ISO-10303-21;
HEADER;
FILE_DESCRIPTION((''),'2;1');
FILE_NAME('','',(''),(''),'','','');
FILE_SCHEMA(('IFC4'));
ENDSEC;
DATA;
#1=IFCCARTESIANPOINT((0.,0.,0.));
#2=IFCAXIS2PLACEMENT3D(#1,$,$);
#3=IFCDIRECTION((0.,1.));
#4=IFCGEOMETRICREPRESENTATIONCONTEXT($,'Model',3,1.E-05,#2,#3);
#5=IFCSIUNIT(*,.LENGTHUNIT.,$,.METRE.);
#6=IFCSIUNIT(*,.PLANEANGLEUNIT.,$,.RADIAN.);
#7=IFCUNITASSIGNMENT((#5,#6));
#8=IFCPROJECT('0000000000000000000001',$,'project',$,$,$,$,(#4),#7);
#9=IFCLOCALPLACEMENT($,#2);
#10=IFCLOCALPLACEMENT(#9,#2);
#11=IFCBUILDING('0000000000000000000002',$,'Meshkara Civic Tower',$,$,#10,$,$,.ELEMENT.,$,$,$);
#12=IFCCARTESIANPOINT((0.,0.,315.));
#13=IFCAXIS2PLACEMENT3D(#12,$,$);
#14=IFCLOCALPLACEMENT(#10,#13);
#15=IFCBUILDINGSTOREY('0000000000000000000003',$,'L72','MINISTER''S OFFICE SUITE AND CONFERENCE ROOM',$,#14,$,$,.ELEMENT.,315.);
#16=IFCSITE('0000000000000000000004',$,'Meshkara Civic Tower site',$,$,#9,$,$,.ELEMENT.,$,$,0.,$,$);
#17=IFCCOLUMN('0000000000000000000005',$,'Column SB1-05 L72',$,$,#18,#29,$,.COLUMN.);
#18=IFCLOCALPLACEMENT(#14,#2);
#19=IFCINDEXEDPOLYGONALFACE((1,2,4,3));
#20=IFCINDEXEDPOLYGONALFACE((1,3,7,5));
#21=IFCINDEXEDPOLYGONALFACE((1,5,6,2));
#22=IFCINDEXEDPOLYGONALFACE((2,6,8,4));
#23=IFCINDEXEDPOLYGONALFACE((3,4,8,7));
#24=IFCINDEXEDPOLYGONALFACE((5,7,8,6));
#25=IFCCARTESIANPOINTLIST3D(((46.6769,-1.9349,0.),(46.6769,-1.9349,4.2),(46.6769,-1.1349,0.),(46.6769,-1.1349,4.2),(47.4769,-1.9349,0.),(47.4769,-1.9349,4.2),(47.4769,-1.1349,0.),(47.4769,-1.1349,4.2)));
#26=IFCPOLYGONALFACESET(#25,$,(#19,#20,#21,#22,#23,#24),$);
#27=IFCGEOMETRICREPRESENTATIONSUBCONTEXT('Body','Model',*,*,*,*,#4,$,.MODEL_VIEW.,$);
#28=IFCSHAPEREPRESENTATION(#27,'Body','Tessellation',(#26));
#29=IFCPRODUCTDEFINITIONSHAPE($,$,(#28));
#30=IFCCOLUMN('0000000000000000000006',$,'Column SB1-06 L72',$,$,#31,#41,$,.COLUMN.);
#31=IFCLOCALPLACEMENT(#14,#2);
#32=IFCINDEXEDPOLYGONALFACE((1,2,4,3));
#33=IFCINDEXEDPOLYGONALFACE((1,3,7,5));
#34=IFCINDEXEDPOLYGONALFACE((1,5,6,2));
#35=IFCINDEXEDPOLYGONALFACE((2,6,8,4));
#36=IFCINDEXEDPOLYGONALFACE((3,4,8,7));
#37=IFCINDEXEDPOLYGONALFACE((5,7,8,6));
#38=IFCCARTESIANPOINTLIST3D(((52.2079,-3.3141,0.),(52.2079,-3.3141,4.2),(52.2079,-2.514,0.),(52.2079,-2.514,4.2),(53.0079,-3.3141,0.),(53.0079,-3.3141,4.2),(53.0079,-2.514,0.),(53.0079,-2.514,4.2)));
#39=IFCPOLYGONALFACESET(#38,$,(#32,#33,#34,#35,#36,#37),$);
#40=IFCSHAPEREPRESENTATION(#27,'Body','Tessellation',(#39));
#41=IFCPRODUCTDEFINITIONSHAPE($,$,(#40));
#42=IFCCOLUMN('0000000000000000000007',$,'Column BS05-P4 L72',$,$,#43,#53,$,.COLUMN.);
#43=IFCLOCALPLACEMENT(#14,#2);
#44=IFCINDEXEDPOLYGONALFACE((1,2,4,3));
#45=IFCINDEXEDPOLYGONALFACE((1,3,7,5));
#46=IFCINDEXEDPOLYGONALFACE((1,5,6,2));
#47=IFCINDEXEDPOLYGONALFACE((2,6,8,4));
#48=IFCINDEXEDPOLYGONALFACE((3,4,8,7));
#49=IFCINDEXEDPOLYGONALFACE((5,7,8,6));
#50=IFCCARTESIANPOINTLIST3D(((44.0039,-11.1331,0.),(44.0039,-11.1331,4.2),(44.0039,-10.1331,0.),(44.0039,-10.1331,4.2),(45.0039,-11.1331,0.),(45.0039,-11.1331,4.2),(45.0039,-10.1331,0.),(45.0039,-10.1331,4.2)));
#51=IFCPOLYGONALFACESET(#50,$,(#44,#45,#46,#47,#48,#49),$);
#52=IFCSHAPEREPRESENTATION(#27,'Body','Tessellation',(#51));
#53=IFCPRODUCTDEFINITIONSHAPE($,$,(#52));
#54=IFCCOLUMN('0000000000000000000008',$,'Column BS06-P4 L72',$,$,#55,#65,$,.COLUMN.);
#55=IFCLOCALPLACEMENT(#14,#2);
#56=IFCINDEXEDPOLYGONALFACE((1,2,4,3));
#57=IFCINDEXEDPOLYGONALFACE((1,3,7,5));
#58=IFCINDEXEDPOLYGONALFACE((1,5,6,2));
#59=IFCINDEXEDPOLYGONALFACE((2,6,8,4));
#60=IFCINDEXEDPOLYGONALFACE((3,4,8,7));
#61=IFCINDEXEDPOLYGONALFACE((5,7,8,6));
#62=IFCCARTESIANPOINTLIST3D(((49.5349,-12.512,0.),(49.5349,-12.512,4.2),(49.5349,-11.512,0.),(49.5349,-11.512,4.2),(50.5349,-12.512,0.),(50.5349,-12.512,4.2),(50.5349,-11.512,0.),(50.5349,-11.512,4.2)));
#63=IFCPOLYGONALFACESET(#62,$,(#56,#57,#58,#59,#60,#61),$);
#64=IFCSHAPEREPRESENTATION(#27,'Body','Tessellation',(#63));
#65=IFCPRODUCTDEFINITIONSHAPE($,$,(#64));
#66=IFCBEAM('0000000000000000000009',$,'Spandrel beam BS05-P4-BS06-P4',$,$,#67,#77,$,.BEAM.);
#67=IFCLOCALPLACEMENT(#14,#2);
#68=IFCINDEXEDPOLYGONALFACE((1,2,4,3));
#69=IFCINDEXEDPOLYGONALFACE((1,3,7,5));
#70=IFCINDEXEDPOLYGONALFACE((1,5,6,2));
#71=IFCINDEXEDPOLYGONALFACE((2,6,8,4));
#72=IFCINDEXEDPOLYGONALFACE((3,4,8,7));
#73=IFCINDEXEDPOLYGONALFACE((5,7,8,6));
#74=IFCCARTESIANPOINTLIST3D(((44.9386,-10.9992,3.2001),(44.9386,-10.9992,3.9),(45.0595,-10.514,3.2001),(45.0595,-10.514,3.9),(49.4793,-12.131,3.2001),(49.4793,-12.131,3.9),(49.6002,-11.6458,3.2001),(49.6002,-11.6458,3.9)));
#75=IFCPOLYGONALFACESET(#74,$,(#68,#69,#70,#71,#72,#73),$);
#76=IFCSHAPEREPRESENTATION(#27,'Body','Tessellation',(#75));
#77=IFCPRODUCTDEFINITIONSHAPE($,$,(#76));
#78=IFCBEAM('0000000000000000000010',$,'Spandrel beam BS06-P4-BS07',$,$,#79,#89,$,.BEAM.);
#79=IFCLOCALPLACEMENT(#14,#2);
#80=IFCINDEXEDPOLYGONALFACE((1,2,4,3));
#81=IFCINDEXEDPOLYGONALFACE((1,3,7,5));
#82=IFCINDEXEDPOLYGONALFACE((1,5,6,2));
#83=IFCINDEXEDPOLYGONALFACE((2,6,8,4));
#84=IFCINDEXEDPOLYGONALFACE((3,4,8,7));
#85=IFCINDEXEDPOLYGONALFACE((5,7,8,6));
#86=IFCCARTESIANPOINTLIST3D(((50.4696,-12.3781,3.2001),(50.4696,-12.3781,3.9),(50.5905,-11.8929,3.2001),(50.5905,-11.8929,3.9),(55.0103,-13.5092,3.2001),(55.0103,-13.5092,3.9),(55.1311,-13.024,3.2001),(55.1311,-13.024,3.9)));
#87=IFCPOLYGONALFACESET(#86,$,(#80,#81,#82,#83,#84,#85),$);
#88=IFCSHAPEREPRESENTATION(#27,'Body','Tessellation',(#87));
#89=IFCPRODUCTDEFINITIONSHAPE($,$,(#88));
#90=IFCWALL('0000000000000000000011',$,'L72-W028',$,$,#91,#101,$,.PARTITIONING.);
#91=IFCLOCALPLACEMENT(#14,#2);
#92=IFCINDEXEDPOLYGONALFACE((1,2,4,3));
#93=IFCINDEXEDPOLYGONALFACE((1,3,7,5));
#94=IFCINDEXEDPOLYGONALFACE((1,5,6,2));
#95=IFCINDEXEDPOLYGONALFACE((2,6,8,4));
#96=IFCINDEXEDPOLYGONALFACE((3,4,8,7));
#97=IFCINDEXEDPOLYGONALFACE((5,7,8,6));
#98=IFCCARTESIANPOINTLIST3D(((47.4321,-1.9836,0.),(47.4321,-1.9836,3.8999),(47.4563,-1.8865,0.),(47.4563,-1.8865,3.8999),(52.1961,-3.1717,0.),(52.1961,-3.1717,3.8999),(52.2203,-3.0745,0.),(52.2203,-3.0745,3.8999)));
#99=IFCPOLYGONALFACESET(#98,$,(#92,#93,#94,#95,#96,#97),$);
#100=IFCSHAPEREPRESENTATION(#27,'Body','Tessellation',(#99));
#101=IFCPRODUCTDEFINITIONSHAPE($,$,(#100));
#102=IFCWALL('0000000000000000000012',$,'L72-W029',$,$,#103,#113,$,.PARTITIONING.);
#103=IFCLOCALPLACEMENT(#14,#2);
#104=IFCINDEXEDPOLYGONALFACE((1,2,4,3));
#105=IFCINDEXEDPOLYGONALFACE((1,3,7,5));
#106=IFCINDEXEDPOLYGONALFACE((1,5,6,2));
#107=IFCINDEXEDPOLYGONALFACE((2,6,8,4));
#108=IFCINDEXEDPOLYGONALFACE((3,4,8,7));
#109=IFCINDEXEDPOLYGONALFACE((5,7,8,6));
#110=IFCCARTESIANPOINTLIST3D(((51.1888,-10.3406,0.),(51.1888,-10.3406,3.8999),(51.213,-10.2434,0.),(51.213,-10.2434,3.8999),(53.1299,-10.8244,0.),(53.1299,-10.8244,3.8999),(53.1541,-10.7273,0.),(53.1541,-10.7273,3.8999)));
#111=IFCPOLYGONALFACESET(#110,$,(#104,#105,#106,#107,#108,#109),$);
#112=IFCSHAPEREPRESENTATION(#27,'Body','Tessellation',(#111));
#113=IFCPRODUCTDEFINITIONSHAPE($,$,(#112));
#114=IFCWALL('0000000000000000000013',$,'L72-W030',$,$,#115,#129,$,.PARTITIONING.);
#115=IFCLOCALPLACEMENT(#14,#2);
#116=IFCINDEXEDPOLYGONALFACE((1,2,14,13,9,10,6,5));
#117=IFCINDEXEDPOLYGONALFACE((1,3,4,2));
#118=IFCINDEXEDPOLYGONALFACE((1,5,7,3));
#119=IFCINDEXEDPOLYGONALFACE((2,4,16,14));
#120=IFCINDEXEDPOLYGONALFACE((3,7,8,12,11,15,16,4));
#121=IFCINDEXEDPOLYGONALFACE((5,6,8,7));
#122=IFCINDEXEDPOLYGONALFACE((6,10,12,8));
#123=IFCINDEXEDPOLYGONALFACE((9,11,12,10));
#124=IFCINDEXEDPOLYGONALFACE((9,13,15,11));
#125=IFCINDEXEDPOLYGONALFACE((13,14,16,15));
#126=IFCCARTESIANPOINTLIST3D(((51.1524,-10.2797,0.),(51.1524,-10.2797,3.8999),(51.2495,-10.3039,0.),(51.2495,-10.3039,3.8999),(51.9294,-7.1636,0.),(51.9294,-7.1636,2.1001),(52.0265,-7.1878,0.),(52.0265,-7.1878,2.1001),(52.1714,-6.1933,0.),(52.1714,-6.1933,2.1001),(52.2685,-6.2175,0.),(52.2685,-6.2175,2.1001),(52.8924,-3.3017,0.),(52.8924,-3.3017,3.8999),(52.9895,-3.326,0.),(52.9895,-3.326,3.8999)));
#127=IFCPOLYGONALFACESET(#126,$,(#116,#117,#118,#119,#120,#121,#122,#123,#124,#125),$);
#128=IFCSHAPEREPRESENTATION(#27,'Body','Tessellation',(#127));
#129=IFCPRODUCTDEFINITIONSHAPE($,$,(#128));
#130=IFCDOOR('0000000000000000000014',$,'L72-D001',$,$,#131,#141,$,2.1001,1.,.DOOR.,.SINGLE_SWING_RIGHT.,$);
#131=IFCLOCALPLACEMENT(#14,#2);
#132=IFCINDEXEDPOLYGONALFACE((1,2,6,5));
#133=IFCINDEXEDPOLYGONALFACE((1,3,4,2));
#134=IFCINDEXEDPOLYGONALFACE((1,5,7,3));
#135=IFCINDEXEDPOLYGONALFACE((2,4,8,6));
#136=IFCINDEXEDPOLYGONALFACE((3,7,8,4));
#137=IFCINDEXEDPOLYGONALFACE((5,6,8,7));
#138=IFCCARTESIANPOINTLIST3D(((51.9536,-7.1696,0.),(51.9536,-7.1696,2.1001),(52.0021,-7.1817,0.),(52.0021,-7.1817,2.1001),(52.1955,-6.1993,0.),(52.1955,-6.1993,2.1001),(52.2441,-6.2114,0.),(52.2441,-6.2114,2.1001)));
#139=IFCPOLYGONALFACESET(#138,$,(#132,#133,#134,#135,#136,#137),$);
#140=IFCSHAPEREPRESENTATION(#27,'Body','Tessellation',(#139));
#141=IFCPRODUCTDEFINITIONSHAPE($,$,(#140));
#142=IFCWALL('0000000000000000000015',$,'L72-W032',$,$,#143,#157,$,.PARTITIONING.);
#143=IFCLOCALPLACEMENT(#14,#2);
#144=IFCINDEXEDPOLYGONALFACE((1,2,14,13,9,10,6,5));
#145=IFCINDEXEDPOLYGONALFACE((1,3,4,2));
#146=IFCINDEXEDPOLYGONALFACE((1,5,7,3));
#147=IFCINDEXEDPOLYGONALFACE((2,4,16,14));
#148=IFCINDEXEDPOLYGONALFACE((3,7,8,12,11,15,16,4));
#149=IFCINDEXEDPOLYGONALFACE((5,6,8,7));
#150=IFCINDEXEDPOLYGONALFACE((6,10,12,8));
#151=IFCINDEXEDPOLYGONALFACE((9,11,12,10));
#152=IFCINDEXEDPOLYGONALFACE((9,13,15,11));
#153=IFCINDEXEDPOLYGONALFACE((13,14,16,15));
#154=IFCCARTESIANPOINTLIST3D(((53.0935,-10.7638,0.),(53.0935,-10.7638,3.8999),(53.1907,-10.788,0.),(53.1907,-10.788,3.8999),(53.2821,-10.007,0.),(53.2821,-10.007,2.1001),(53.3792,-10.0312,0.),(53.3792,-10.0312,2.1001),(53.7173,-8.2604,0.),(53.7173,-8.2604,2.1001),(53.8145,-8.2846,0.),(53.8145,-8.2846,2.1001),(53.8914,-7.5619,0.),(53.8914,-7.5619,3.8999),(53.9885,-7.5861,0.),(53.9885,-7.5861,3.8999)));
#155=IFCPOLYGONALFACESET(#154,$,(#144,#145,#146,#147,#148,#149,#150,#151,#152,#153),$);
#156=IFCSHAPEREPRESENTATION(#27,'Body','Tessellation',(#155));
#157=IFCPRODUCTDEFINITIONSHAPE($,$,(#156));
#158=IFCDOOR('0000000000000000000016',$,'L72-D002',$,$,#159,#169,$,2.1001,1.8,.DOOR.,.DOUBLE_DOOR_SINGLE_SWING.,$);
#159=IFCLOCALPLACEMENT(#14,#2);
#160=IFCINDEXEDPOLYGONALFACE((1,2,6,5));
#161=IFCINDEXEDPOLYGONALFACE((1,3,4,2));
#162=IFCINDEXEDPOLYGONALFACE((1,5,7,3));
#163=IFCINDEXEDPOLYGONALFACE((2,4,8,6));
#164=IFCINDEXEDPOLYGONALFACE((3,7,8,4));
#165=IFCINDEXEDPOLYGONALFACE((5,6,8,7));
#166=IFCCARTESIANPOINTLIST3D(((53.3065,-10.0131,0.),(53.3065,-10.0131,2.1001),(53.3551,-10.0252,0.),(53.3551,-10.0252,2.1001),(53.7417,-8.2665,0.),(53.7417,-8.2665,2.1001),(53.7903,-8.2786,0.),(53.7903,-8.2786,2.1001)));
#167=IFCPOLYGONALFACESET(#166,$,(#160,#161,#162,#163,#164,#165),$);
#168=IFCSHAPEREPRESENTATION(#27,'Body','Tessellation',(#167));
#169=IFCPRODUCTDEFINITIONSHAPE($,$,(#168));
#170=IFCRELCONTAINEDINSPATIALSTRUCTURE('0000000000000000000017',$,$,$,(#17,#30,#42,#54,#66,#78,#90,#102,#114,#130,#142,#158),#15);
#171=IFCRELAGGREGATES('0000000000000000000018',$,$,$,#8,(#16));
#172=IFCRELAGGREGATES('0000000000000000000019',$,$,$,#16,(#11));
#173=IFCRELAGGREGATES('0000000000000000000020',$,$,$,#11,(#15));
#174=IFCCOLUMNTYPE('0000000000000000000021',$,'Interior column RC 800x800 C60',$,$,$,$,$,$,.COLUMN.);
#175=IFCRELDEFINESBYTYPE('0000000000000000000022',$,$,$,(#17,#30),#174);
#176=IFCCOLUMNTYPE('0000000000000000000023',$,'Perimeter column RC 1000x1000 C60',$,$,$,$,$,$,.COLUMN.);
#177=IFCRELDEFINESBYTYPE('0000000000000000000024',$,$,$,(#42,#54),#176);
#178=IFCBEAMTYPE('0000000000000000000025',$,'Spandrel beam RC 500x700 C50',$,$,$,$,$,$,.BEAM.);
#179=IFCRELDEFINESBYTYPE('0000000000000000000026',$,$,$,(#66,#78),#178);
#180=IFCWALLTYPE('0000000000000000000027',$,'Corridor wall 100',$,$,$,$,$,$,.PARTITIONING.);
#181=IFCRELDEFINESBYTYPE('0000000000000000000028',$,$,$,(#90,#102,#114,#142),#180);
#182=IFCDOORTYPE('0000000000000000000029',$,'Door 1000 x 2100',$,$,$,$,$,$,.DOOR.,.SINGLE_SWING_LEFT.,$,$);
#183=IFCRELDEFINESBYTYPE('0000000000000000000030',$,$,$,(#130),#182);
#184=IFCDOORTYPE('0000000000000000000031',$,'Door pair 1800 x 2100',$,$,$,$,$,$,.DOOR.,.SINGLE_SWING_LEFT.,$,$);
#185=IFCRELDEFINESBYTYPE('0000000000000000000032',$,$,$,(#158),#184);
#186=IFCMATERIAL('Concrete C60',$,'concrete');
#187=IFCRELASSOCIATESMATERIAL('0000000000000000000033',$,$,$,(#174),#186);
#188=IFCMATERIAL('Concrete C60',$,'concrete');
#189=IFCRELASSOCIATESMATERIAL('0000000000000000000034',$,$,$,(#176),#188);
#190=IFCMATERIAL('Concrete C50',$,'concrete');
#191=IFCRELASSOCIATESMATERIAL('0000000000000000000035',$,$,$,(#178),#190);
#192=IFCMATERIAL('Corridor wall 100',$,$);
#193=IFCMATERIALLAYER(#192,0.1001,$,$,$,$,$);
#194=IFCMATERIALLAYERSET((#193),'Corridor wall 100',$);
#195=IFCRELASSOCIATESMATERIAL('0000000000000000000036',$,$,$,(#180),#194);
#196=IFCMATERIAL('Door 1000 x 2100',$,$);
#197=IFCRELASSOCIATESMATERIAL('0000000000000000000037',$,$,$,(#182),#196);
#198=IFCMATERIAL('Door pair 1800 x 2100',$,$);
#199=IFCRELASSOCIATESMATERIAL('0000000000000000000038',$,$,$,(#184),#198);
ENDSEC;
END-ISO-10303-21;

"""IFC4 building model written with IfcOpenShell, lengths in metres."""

from ifc_helpers import new_model, si_unit, direction, frame, frame_2d, origin, origin_2d, place, context, subcontext, project, spatial, rectangle, extrude, material, layer, layer_set, material_profile, profile_set, type_object, element, fill, save


model = new_model("IFC4")

# Units and contexts
model_context = context("Model", 3, precision=1e-05, world=origin(), true_north=direction((0.0, 1.0)))
body_context = subcontext(model_context, "Body", "Model", "MODEL_VIEW")
ifc_project = project(units=[si_unit("LENGTHUNIT", "METRE"), si_unit("PLANEANGLEUNIT", "RADIAN")], contexts=[model_context])

# Site, building, storey
site_placement = place(None, origin())
site = spatial("IfcSite", under=ifc_project, at=site_placement, Name="Meshkara Civic Tower site", CompositionType="ELEMENT", RefElevation=0.0)
building_placement = place(site_placement, origin())
building = spatial("IfcBuilding", under=site, at=building_placement, Name="Meshkara Civic Tower", CompositionType="ELEMENT")
storey_placement = place(building_placement, frame((0.0, 0.0, 315.0)))
storey = spatial("IfcBuildingStorey", under=building, at=storey_placement, Name="L72", Description="MINISTER'S OFFICE SUITE AND CONFERENCE ROOM", CompositionType="ELEMENT", Elevation=315.0)

# Columns
ifc_material_1 = material(Name="Concrete C60", Category="concrete")
ifc_material_profile_1 = material_profile(ifc_material_1, rectangle(XDim=0.8, YDim=0.8, at=origin_2d()))
ifc_profile_set_1 = profile_set([ifc_material_profile_1], Name="Concrete C60")
column_type_1 = type_object("IfcColumnType", Name="Interior column RC 800x800 C60", PredefinedType="COLUMN", material=ifc_profile_set_1)
for number, where, z_axis, x_axis, name in (
    (1, (47.0769, -1.5349, 0.0), (0.0, 0.0, 1.0), (1.0, 0.0, 0.0), "Column SB1-05 L72"),
    (2, (52.6079, -2.9141, 0.0), (0.0, 0.0, 1.0), (1.0, 0.0, 0.0), "Column SB1-06 L72"),
):
    element("IfcColumn", number, at=place(storey_placement, frame(where, z_axis=z_axis, x_axis=x_axis)), inside=storey, type_object=column_type_1, Name=name, PredefinedType="COLUMN", context=body_context, shape_type="SweptSolid", body=[
        extrude(rectangle(XDim=0.8, YDim=0.8, at=origin_2d()), origin(), (0.0, 0.0, 1.0), 4.2),
    ])
ifc_material_2 = material(Name="Concrete C60", Category="concrete")
ifc_material_profile_2 = material_profile(ifc_material_2, rectangle(XDim=1.0, YDim=1.0, at=origin_2d()))
ifc_profile_set_2 = profile_set([ifc_material_profile_2], Name="Concrete C60")
column_type_2 = type_object("IfcColumnType", Name="Perimeter column RC 1000x1000 C60", PredefinedType="COLUMN", material=ifc_profile_set_2)
for number, where, z_axis, x_axis, name in (
    (3, (44.5039, -10.6331, 0.0), (0.0, 0.0, 1.0), (1.0, 0.0, 0.0), "Column BS05-P4 L72"),
    (4, (50.0349, -12.012, 0.0), (0.0, 0.0, 1.0), (1.0, 0.0, 0.0), "Column BS06-P4 L72"),
):
    element("IfcColumn", number, at=place(storey_placement, frame(where, z_axis=z_axis, x_axis=x_axis)), inside=storey, type_object=column_type_2, Name=name, PredefinedType="COLUMN", context=body_context, shape_type="SweptSolid", body=[
        extrude(rectangle(XDim=1.0, YDim=1.0, at=origin_2d()), origin(), (0.0, 0.0, 1.0), 4.2),
    ])

# Beams
ifc_material_3 = material(Name="Concrete C50", Category="concrete")
ifc_material_profile_3 = material_profile(ifc_material_3, rectangle(XDim=0.5, YDim=0.7, at=origin_2d()))
ifc_profile_set_3 = profile_set([ifc_material_profile_3], Name="Concrete C50")
beam_type = type_object("IfcBeamType", Name="Spandrel beam RC 500x700 C50", PredefinedType="BEAM", material=ifc_profile_set_3)
beam_1_placement = place(storey_placement, frame((44.999, -10.7566, 3.55), z_axis=(0.970311, -0.24186, 0.0), x_axis=(0.24186, 0.970311, 0.0)))
element("IfcBeam", 5, at=beam_1_placement, inside=storey, type_object=beam_type, Name="Spandrel beam BS05-P4-BS06-P4", PredefinedType="BEAM", context=body_context, shape_type="SweptSolid", body=[
    extrude(rectangle(XDim=0.5, YDim=0.7, at=origin_2d()), origin(), (0.0, 0.0, 1.0), 4.6797),
])
beam_2_placement = place(storey_placement, frame((50.53, -12.1355, 3.55), z_axis=(0.970348, -0.241713, 0.0), x_axis=(0.241713, 0.970348, 0.0)))
element("IfcBeam", 6, at=beam_2_placement, inside=storey, type_object=beam_type, Name="Spandrel beam BS06-P4-BS07", PredefinedType="BEAM", context=body_context, shape_type="SweptSolid", body=[
    extrude(rectangle(XDim=0.5, YDim=0.7, at=origin_2d()), origin(), (0.0, 0.0, 1.0), 4.6794),
])

# Walls
ifc_material_4 = material(Name="Corridor wall 100")
ifc_layer_1 = layer(ifc_material_4, 0.1001)
ifc_layer_set_1 = layer_set([ifc_layer_1], Name="Corridor wall 100")
wall_type_1 = type_object("IfcWallType", Name="Corridor wall 100", PredefinedType="PARTITIONING", material=ifc_layer_set_1)
wall_1_placement = place(storey_placement, frame((47.4441, -1.9351, 0.0), z_axis=(0.0, 0.0, 1.0), x_axis=(0.970286, -0.241962, 0.0)))
element("IfcWall", 7, at=wall_1_placement, inside=storey, type_object=wall_type_1, Name="L72-W028", PredefinedType="PARTITIONING", context=body_context, shape_type="SweptSolid", body=[
    extrude(rectangle(XDim=4.9099, YDim=0.1001, at=frame_2d((2.4551, 0.0))), origin(), (0.0, 0.0, 1.0), 3.8999),
])
wall_2_placement = place(storey_placement, frame((51.2009, -10.292, 0.0), z_axis=(0.0, 0.0, 1.0), x_axis=(0.970307, -0.241875, 0.0)))
element("IfcWall", 8, at=wall_2_placement, inside=storey, type_object=wall_type_1, Name="L72-W029", PredefinedType="PARTITIONING", context=body_context, shape_type="SweptSolid", body=[
    extrude(rectangle(XDim=2.0005, YDim=0.1001, at=frame_2d((1.0002, 0.0))), origin(), (0.0, 0.0, 1.0), 3.8999),
])

# Walls, openings, doors
wall_3_placement = place(storey_placement, frame((52.9409, -3.314, 0.0), z_axis=(0.0, 0.0, 1.0), x_axis=(-0.241944, -0.97029, 0.0)))
wall_3 = element("IfcWall", 9, at=wall_3_placement, inside=storey, type_object=wall_type_1, Name="L72-W030", PredefinedType="PARTITIONING", context=body_context, shape_type="SweptSolid", body=[
    extrude(rectangle(XDim=7.1917, YDim=0.1001, at=frame_2d((3.5957, 0.0))), origin(), (0.0, 0.0, 1.0), 3.8999),
])
opening_1_placement = place(wall_3_placement, frame((2.98, 0.0, 0.0)))
opening_1 = element("IfcOpeningElement", 10, at=opening_1_placement, cuts=wall_3, PredefinedType="OPENING", context=body_context, shape_type="SweptSolid", body=[
    extrude(rectangle(XDim=1.0, YDim=2.1001, at=frame_2d((0.5, 1.05))), frame((0.0, 0.0601, 0.0), z_axis=(0.0, -1.0, 0.0), x_axis=(1.0, 0.0, 0.0)), (0.0, 0.0, 1.0), 0.1201),
])
ifc_material_5 = material(Name="Door 1000 x 2100")
door_type_1 = type_object("IfcDoorType", Name="Door 1000 x 2100", OperationType="SINGLE_SWING_LEFT", PredefinedType="DOOR", material=ifc_material_5)
door_1_placement = place(opening_1_placement, origin())
door_1 = element("IfcDoor", 11, at=door_1_placement, inside=storey, type_object=door_type_1, Name="L72-D001", OperationType="SINGLE_SWING_RIGHT", OverallHeight=2.1001, OverallWidth=1.0, PredefinedType="DOOR", context=body_context, shape_type="SweptSolid", body=[
    extrude(rectangle(XDim=1.0, YDim=2.1001, at=frame_2d((0.5, 1.05))), frame((0.0, 0.0249, 0.0), z_axis=(0.0, -1.0, 0.0), x_axis=(1.0, 0.0, 0.0)), (0.0, 0.0, 1.0), 0.05),
])
fill(opening_1, door_1)
wall_4_placement = place(storey_placement, frame((53.1421, -10.7759, 0.0), z_axis=(0.0, 0.0, 1.0), x_axis=(0.241787, 0.970329, 0.0)))
wall_4 = element("IfcWall", 12, at=wall_4_placement, inside=storey, type_object=wall_type_1, Name="L72-W032", PredefinedType="PARTITIONING", context=body_context, shape_type="SweptSolid", body=[
    extrude(rectangle(XDim=3.2998, YDim=0.1001, at=frame_2d((1.6499, 0.0))), origin(), (0.0, 0.0, 1.0), 3.8999),
])
opening_2_placement = place(wall_4_placement, frame((0.78, 0.0, 0.0)))
opening_2 = element("IfcOpeningElement", 13, at=opening_2_placement, cuts=wall_4, PredefinedType="OPENING", context=body_context, shape_type="SweptSolid", body=[
    extrude(rectangle(XDim=1.8, YDim=2.1001, at=frame_2d((0.8999, 1.05))), frame((0.0, 0.0601, 0.0), z_axis=(0.0, -1.0, 0.0), x_axis=(1.0, 0.0, 0.0)), (0.0, 0.0, 1.0), 0.1201),
])
ifc_material_6 = material(Name="Door pair 1800 x 2100")
door_type_2 = type_object("IfcDoorType", Name="Door pair 1800 x 2100", OperationType="SINGLE_SWING_LEFT", PredefinedType="DOOR", material=ifc_material_6)
door_2_placement = place(opening_2_placement, origin())
door_2 = element("IfcDoor", 14, at=door_2_placement, inside=storey, type_object=door_type_2, Name="L72-D002", OperationType="DOUBLE_DOOR_SINGLE_SWING", OverallHeight=2.1001, OverallWidth=1.8, PredefinedType="DOOR", context=body_context, shape_type="SweptSolid", body=[
    extrude(rectangle(XDim=1.8, YDim=2.1001, at=frame_2d((0.8999, 1.05))), frame((0.0, 0.0249, 0.0), z_axis=(0.0, -1.0, 0.0), x_axis=(1.0, 0.0, 0.0)), (0.0, 0.0, 1.0), 0.05),
])
fill(opening_2, door_2)

save(model, "model.ifc")
